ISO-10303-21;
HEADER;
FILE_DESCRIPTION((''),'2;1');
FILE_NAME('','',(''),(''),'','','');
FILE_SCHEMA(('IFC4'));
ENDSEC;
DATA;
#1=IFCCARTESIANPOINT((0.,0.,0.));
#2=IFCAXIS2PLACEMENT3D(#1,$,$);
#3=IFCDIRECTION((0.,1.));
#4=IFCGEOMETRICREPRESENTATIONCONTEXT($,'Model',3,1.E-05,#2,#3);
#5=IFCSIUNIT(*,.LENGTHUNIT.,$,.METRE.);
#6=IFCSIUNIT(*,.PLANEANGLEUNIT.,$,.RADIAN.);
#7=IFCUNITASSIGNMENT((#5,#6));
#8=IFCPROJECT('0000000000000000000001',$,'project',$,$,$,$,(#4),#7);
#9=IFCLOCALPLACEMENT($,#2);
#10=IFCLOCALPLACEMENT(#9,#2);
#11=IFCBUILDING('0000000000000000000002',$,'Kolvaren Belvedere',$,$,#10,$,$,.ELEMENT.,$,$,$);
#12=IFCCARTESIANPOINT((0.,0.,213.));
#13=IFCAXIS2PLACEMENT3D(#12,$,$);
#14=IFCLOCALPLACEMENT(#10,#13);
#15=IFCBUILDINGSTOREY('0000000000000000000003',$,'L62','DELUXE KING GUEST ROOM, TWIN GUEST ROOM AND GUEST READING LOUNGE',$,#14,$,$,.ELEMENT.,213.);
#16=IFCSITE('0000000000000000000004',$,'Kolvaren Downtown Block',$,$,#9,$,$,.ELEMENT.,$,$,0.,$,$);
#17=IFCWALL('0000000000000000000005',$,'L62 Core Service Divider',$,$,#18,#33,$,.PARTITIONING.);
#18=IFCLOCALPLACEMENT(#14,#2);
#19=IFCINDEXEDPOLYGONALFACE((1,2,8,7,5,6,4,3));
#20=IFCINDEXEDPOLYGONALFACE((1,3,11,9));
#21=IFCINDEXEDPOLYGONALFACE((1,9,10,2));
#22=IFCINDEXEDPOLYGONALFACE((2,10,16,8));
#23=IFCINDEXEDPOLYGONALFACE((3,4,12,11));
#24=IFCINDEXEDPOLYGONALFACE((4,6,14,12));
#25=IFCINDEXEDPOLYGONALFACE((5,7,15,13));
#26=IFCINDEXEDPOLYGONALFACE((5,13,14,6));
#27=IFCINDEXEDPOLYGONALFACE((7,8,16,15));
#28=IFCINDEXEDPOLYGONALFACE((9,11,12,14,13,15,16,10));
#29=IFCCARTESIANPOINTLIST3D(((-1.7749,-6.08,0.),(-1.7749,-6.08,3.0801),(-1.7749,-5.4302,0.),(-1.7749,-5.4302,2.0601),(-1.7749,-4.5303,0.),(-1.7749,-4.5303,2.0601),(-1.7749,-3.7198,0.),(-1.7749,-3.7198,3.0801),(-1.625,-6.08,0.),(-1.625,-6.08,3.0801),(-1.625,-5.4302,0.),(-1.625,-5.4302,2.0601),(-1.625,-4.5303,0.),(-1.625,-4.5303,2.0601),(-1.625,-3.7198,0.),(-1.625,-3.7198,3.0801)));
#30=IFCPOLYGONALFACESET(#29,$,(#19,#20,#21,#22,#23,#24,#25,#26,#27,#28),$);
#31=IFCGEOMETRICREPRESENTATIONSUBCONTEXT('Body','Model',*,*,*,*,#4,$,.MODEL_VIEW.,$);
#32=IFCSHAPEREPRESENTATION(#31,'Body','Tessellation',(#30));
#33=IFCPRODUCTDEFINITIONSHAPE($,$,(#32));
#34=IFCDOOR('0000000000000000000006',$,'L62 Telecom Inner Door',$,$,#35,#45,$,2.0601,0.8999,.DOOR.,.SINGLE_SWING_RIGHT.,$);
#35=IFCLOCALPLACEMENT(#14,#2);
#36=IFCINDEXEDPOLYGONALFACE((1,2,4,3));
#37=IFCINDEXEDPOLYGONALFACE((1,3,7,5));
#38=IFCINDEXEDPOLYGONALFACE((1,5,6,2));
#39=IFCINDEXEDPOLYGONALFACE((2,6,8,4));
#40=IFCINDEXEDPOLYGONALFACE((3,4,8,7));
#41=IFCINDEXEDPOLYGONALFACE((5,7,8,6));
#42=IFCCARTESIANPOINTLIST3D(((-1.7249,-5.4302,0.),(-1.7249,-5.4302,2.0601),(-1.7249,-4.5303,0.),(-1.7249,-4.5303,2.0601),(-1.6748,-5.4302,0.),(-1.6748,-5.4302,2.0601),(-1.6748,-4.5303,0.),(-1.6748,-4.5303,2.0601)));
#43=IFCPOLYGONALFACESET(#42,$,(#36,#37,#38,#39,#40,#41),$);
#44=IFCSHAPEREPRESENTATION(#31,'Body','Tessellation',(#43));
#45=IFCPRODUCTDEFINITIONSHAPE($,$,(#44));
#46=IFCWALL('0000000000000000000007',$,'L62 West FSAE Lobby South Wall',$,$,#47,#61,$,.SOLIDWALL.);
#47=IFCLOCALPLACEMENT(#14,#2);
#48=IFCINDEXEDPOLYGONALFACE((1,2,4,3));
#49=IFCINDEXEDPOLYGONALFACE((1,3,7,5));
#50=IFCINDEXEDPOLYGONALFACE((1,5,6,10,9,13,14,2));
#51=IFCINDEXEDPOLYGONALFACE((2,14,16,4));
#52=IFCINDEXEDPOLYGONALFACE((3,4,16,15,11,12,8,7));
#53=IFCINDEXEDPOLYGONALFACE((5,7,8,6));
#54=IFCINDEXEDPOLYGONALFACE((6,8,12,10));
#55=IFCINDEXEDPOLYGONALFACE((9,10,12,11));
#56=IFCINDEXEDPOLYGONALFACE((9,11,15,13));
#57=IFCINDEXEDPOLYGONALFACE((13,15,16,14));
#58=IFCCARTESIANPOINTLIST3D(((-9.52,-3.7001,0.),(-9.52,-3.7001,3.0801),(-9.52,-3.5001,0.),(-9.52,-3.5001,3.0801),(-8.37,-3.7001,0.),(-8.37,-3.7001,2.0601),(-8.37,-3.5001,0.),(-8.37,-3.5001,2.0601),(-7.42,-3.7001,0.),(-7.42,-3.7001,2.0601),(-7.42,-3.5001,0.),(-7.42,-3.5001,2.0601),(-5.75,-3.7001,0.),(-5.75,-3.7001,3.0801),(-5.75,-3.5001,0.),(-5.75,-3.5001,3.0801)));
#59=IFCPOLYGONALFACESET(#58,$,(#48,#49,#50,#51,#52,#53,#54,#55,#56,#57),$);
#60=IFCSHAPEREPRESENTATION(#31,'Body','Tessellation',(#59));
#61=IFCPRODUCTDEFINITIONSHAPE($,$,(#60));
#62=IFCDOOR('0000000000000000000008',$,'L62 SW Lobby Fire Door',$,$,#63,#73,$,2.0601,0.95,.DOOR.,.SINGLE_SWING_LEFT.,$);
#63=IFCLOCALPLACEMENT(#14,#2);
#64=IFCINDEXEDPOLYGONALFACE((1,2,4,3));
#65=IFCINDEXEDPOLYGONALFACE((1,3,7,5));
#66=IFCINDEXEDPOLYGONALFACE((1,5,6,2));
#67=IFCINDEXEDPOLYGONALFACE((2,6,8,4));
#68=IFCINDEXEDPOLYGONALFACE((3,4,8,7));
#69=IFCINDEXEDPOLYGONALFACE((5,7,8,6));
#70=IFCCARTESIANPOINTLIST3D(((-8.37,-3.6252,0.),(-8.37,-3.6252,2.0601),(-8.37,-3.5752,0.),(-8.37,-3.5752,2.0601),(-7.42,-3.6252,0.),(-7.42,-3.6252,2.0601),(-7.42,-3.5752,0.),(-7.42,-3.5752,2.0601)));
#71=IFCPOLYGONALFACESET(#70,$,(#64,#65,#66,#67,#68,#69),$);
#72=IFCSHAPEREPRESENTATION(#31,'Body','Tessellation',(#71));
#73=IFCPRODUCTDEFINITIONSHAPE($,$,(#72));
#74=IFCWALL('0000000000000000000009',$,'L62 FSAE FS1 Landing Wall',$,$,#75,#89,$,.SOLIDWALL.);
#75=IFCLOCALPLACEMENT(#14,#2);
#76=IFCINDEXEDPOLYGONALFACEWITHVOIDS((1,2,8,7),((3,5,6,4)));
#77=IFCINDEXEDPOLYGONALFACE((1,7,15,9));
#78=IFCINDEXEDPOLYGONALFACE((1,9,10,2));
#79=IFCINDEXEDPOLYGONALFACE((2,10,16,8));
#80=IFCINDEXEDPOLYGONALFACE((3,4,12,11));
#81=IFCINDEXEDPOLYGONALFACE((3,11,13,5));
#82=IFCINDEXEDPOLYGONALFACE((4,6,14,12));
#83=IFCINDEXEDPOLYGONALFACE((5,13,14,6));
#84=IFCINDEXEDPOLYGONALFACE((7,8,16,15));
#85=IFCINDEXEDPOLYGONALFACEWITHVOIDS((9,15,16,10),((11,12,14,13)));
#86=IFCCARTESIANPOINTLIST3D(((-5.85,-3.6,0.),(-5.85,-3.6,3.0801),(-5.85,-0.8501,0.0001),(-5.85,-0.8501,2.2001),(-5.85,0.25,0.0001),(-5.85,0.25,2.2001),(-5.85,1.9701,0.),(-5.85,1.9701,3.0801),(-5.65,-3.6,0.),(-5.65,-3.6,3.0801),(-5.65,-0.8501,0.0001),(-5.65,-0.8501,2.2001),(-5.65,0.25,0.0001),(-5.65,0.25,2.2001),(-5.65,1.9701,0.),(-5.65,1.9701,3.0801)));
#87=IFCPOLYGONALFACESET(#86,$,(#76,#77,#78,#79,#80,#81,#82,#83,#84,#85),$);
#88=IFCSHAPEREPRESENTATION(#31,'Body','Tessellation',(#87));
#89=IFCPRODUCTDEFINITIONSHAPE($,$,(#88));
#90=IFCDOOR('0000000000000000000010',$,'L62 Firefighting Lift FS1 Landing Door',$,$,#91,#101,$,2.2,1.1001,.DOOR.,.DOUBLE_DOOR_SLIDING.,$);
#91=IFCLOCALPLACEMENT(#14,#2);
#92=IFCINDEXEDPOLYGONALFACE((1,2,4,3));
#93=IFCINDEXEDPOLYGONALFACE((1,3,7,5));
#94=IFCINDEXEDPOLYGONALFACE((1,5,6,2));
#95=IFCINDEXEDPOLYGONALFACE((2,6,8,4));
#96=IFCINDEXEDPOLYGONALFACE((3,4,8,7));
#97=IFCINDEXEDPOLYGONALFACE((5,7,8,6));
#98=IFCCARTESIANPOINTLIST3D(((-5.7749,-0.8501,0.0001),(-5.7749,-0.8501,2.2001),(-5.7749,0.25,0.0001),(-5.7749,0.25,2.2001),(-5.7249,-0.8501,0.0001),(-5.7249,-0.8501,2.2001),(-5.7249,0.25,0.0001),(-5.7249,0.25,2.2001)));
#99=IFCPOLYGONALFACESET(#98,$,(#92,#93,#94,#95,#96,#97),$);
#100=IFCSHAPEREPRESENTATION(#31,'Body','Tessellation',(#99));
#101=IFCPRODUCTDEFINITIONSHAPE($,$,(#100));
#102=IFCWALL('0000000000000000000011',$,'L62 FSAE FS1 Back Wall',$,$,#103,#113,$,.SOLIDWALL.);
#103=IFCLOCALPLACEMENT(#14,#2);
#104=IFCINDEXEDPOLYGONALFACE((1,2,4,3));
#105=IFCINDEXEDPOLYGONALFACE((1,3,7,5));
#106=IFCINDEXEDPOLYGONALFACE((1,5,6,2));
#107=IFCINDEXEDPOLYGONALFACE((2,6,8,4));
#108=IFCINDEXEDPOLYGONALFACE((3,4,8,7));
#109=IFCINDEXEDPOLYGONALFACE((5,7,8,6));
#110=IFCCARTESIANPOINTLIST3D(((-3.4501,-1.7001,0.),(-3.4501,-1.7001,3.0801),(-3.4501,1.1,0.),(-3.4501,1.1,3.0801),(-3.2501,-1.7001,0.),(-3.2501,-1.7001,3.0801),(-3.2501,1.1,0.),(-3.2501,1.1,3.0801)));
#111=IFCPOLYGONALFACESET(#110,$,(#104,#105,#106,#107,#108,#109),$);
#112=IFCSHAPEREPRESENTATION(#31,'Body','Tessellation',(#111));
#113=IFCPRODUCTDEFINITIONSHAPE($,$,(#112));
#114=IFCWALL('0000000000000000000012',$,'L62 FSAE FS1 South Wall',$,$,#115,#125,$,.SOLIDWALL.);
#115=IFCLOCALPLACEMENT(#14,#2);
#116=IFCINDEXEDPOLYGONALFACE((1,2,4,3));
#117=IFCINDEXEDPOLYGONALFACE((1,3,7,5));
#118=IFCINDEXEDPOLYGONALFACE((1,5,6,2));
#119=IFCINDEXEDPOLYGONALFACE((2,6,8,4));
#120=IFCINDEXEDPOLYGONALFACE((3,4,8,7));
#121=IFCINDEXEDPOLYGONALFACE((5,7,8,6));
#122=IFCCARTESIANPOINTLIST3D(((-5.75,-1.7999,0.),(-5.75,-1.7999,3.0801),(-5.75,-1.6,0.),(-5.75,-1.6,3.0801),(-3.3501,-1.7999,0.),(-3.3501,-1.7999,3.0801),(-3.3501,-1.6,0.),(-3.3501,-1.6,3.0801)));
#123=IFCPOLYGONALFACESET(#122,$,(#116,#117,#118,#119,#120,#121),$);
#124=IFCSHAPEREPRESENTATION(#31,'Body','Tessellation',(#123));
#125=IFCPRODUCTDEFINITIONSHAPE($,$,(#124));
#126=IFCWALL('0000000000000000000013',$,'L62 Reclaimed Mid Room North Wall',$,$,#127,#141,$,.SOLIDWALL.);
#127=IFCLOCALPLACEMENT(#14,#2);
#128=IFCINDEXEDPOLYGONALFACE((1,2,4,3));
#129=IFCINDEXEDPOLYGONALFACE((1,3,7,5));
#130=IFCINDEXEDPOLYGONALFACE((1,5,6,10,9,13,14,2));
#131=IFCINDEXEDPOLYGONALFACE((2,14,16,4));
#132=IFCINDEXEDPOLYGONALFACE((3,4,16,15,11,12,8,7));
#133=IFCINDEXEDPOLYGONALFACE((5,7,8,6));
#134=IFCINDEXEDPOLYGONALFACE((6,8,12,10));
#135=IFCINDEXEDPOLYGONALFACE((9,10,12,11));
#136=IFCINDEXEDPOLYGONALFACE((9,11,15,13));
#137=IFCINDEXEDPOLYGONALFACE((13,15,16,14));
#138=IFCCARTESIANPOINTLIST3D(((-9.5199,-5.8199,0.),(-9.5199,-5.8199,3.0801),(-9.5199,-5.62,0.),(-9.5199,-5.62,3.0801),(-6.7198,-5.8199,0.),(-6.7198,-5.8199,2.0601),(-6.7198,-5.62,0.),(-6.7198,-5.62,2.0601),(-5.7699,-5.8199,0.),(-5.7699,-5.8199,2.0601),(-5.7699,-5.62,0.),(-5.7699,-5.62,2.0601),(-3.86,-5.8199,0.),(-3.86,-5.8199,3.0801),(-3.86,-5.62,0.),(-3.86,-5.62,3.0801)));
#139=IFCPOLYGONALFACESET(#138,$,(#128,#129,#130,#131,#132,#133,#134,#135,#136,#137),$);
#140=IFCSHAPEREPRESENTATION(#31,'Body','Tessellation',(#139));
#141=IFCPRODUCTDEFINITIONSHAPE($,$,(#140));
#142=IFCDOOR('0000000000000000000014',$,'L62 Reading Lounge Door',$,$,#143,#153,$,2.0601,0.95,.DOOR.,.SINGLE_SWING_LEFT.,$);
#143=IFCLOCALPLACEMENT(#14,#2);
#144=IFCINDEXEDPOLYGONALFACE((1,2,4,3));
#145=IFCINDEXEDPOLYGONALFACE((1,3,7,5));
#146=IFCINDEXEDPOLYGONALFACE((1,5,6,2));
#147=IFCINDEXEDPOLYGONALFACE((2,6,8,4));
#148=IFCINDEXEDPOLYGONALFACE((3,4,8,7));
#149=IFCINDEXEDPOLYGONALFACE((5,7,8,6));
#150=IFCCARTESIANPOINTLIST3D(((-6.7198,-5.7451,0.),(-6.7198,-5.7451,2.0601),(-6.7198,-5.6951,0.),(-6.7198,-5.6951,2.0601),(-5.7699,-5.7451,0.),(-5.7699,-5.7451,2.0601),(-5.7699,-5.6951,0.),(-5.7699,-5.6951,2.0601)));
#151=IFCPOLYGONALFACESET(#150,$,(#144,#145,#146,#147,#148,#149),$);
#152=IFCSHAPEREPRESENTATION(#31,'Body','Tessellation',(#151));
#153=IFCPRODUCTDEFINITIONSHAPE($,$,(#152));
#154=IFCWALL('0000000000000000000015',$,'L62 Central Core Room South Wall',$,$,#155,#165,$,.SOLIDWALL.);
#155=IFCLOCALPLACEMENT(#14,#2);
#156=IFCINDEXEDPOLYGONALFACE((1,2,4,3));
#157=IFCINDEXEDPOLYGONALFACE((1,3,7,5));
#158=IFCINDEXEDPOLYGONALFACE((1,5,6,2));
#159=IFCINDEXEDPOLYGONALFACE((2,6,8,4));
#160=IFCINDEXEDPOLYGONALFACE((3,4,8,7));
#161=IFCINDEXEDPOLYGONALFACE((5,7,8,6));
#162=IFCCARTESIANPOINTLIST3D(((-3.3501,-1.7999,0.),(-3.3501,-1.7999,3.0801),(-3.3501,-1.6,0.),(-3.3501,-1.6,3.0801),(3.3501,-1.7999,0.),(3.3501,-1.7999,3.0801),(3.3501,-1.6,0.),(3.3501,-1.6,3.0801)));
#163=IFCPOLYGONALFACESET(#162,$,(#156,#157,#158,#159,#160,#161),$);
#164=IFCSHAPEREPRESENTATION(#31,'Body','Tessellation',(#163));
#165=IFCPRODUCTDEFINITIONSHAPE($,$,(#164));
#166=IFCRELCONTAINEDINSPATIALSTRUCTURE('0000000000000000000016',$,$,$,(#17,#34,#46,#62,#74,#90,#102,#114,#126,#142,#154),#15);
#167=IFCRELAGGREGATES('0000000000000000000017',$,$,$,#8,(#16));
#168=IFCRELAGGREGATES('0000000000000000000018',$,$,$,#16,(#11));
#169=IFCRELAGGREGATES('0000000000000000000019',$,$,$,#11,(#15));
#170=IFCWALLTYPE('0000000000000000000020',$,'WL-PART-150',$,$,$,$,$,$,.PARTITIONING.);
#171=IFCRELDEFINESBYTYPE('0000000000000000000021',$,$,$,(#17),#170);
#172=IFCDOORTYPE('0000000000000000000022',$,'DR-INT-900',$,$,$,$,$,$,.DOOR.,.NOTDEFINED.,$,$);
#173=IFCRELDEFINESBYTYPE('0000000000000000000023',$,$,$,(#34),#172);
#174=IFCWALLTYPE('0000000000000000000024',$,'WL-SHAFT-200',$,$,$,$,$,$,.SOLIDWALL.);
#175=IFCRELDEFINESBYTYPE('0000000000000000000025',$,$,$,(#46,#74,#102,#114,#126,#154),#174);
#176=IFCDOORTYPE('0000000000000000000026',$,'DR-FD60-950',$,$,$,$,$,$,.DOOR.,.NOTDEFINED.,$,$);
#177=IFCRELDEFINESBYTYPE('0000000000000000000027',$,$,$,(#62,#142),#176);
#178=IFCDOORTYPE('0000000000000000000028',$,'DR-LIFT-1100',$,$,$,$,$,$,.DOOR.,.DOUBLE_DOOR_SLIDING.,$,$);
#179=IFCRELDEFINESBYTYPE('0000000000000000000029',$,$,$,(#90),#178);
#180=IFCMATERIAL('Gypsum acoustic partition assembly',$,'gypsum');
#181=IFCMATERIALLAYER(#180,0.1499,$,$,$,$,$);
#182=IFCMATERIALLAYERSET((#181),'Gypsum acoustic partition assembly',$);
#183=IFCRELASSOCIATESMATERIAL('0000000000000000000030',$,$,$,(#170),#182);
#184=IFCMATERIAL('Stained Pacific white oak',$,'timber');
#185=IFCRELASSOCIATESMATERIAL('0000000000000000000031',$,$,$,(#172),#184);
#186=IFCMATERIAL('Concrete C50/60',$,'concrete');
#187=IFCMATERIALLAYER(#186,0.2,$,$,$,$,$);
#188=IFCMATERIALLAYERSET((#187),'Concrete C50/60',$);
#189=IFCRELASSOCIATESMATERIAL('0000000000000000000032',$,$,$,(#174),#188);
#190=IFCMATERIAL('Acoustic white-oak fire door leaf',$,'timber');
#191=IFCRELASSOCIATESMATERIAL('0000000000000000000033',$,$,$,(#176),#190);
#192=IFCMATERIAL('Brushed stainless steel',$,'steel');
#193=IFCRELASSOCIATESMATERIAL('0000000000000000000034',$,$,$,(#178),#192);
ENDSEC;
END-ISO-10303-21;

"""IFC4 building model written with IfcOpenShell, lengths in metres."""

from ifc_helpers import new_model, si_unit, direction, frame, frame_2d, origin, place, context, subcontext, project, spatial, rectangle, extrude, material, layer, layer_set, type_object, element, fill, save


model = new_model("IFC4")

# Units and contexts
model_context = context("Model", 3, precision=1e-05, world=origin(), true_north=direction((0.0, 1.0)))
body_context = subcontext(model_context, "Body", "Model", "MODEL_VIEW")
ifc_project = project(units=[si_unit("LENGTHUNIT", "METRE"), si_unit("PLANEANGLEUNIT", "RADIAN")], contexts=[model_context])

# Site, building, storey
site_placement = place(None, origin())
site = spatial("IfcSite", under=ifc_project, at=site_placement, Name="Kolvaren Downtown Block", CompositionType="ELEMENT", RefElevation=0.0)
building_placement = place(site_placement, origin())
building = spatial("IfcBuilding", under=site, at=building_placement, Name="Kolvaren Belvedere", CompositionType="ELEMENT")
storey_placement = place(building_placement, frame((0.0, 0.0, 213.0)))
storey = spatial("IfcBuildingStorey", under=building, at=storey_placement, Name="L62", Description="DELUXE KING GUEST ROOM, TWIN GUEST ROOM AND GUEST READING LOUNGE", CompositionType="ELEMENT", Elevation=213.0)

# Shared definitions
ifc_material_1 = material(Name="Gypsum acoustic partition assembly", Category="gypsum")
ifc_layer_1 = layer(ifc_material_1, 0.1499)
ifc_layer_set_1 = layer_set([ifc_layer_1], Name="Gypsum acoustic partition assembly")
wall_type_1 = type_object("IfcWallType", Name="WL-PART-150", PredefinedType="PARTITIONING", material=ifc_layer_set_1)

# Walls, openings, doors
wall_1_placement = place(storey_placement, frame((-1.7, -6.0801, 0.0), z_axis=(0.0, 0.0, 1.0), x_axis=(0.0, 1.0, 0.0)))
wall_1 = element("IfcWall", 1, at=wall_1_placement, inside=storey, type_object=wall_type_1, Name="L62 Core Service Divider", PredefinedType="PARTITIONING", context=body_context, shape_type="SweptSolid", body=[
    extrude(rectangle(XDim=2.3601, YDim=0.1499, at=frame_2d((1.1802, 0.0))), origin(), (0.0, 0.0, 1.0), 3.0801),
])
opening_1_placement = place(wall_1_placement, frame((0.6499, 0.0, 0.0)))
opening_1 = element("IfcOpeningElement", 2, at=opening_1_placement, cuts=wall_1, PredefinedType="OPENING", context=body_context, shape_type="SweptSolid", body=[
    extrude(rectangle(XDim=0.8999, YDim=2.0601, at=frame_2d((0.45, 1.03))), frame((0.0, 0.085, 0.0), z_axis=(0.0, -1.0, 0.0), x_axis=(1.0, 0.0, 0.0)), (0.0, 0.0, 1.0), 0.1699),
])
ifc_material_2 = material(Name="Stained Pacific white oak", Category="timber")
door_type_1 = type_object("IfcDoorType", Name="DR-INT-900", OperationType="NOTDEFINED", PredefinedType="DOOR", material=ifc_material_2)
door_1_placement = place(opening_1_placement, origin())
door_1 = element("IfcDoor", 3, at=door_1_placement, inside=storey, type_object=door_type_1, Name="L62 Telecom Inner Door", OperationType="SINGLE_SWING_RIGHT", OverallHeight=2.0601, OverallWidth=0.8999, PredefinedType="DOOR", context=body_context, shape_type="SweptSolid", body=[
    extrude(rectangle(XDim=0.8999, YDim=2.0601, at=frame_2d((0.45, 1.03))), frame((0.0, 0.0249, 0.0), z_axis=(0.0, -1.0, 0.0), x_axis=(1.0, 0.0, 0.0)), (0.0, 0.0, 1.0), 0.05),
])
fill(opening_1, door_1)
ifc_material_3 = material(Name="Concrete C50/60", Category="concrete")
ifc_layer_2 = layer(ifc_material_3, 0.2)
ifc_layer_set_2 = layer_set([ifc_layer_2], Name="Concrete C50/60")
wall_type_2 = type_object("IfcWallType", Name="WL-SHAFT-200", PredefinedType="SOLIDWALL", material=ifc_layer_set_2)
wall_2_placement = place(storey_placement, frame((-9.52, -3.6001, 0.0), z_axis=(0.0, 0.0, 1.0), x_axis=(1.0, 0.0, 0.0)))
wall_2 = element("IfcWall", 4, at=wall_2_placement, inside=storey, type_object=wall_type_2, Name="L62 West FSAE Lobby South Wall", PredefinedType="SOLIDWALL", context=body_context, shape_type="SweptSolid", body=[
    extrude(rectangle(XDim=3.77, YDim=0.2, at=frame_2d((1.885, 0.0))), origin(), (0.0, 0.0, 1.0), 3.0801),
])
opening_2_placement = place(wall_2_placement, frame((1.1499, 0.0, 0.0)))
opening_2 = element("IfcOpeningElement", 5, at=opening_2_placement, cuts=wall_2, PredefinedType="OPENING", context=body_context, shape_type="SweptSolid", body=[
    extrude(rectangle(XDim=0.95, YDim=2.0601, at=frame_2d((0.4751, 1.03))), frame((0.0, 0.1099, 0.0), z_axis=(0.0, -1.0, 0.0), x_axis=(1.0, 0.0, 0.0)), (0.0, 0.0, 1.0), 0.22),
])
ifc_material_4 = material(Name="Acoustic white-oak fire door leaf", Category="timber")
door_type_2 = type_object("IfcDoorType", Name="DR-FD60-950", OperationType="NOTDEFINED", PredefinedType="DOOR", material=ifc_material_4)
door_2_placement = place(opening_2_placement, origin())
door_2 = element("IfcDoor", 6, at=door_2_placement, inside=storey, type_object=door_type_2, Name="L62 SW Lobby Fire Door", OperationType="SINGLE_SWING_LEFT", OverallHeight=2.0601, OverallWidth=0.95, PredefinedType="DOOR", context=body_context, shape_type="SweptSolid", body=[
    extrude(rectangle(XDim=0.95, YDim=2.0601, at=frame_2d((0.4751, 1.03))), frame((0.0, 0.0249, 0.0), z_axis=(0.0, -1.0, 0.0), x_axis=(1.0, 0.0, 0.0)), (0.0, 0.0, 1.0), 0.05),
])
fill(opening_2, door_2)
wall_3_placement = place(storey_placement, frame((-5.75, -3.6001, 0.0), z_axis=(0.0, 0.0, 1.0), x_axis=(0.0, 1.0, 0.0)))
wall_3 = element("IfcWall", 7, at=wall_3_placement, inside=storey, type_object=wall_type_2, Name="L62 FSAE FS1 Landing Wall", PredefinedType="SOLIDWALL", context=body_context, shape_type="SweptSolid", body=[
    extrude(rectangle(XDim=5.5701, YDim=0.2, at=frame_2d((2.7852, 0.0))), origin(), (0.0, 0.0, 1.0), 3.0801),
])
opening_3_placement = place(wall_3_placement, frame((2.75, 0.0, 0.0)))
opening_3 = element("IfcOpeningElement", 8, at=opening_3_placement, cuts=wall_3, PredefinedType="OPENING", context=body_context, shape_type="SweptSolid", body=[
    extrude(rectangle(XDim=1.1001, YDim=2.2, at=frame_2d((0.55, 1.1001))), frame((0.0, 0.1099, 0.0), z_axis=(0.0, -1.0, 0.0), x_axis=(1.0, 0.0, 0.0)), (0.0, 0.0, 1.0), 0.22),
])
ifc_material_5 = material(Name="Brushed stainless steel", Category="steel")
door_type_3 = type_object("IfcDoorType", Name="DR-LIFT-1100", OperationType="DOUBLE_DOOR_SLIDING", PredefinedType="DOOR", material=ifc_material_5)
door_3_placement = place(opening_3_placement, origin())
door_3 = element("IfcDoor", 9, at=door_3_placement, inside=storey, type_object=door_type_3, Name="L62 Firefighting Lift FS1 Landing Door", OperationType="DOUBLE_DOOR_SLIDING", OverallHeight=2.2, OverallWidth=1.1001, PredefinedType="DOOR", context=body_context, shape_type="SweptSolid", body=[
    extrude(rectangle(XDim=1.1001, YDim=2.2, at=frame_2d((0.55, 1.1001))), frame((0.0, 0.0249, 0.0), z_axis=(0.0, -1.0, 0.0), x_axis=(1.0, 0.0, 0.0)), (0.0, 0.0, 1.0), 0.05),
])
fill(opening_3, door_3)

# Walls
wall_4_placement = place(storey_placement, frame((-3.3501, -1.7, 0.0), z_axis=(0.0, 0.0, 1.0), x_axis=(0.0, 1.0, 0.0)))
element("IfcWall", 10, at=wall_4_placement, inside=storey, type_object=wall_type_2, Name="L62 FSAE FS1 Back Wall", PredefinedType="SOLIDWALL", context=body_context, shape_type="SweptSolid", body=[
    extrude(rectangle(XDim=2.8, YDim=0.2, at=frame_2d((1.3999, 0.0))), origin(), (0.0, 0.0, 1.0), 3.0801),
])
wall_5_placement = place(storey_placement, frame((-5.75, -1.7, 0.0), z_axis=(0.0, 0.0, 1.0), x_axis=(1.0, 0.0, 0.0)))
element("IfcWall", 11, at=wall_5_placement, inside=storey, type_object=wall_type_2, Name="L62 FSAE FS1 South Wall", PredefinedType="SOLIDWALL", context=body_context, shape_type="SweptSolid", body=[
    extrude(rectangle(XDim=2.3999, YDim=0.2, at=frame_2d((1.2, 0.0))), origin(), (0.0, 0.0, 1.0), 3.0801),
])

# Wall, opening, door
wall_6_placement = place(storey_placement, frame((-9.52, -5.72, 0.0), z_axis=(0.0, 0.0, 1.0), x_axis=(1.0, 0.0, 0.0)))
wall_6 = element("IfcWall", 12, at=wall_6_placement, inside=storey, type_object=wall_type_2, Name="L62 Reclaimed Mid Room North Wall", PredefinedType="SOLIDWALL", context=body_context, shape_type="SweptSolid", body=[
    extrude(rectangle(XDim=5.6599, YDim=0.2, at=frame_2d((2.8301, 0.0))), origin(), (0.0, 0.0, 1.0), 3.0801),
])
opening_4_placement = place(wall_6_placement, frame((2.8, 0.0, 0.0)))
opening_4 = element("IfcOpeningElement", 13, at=opening_4_placement, cuts=wall_6, PredefinedType="OPENING", context=body_context, shape_type="SweptSolid", body=[
    extrude(rectangle(XDim=0.95, YDim=2.0601, at=frame_2d((0.4751, 1.03))), frame((0.0, 0.1099, 0.0), z_axis=(0.0, -1.0, 0.0), x_axis=(1.0, 0.0, 0.0)), (0.0, 0.0, 1.0), 0.22),
])
door_4_placement = place(opening_4_placement, origin())
door_4 = element("IfcDoor", 14, at=door_4_placement, inside=storey, type_object=door_type_2, Name="L62 Reading Lounge Door", OperationType="SINGLE_SWING_LEFT", OverallHeight=2.0601, OverallWidth=0.95, PredefinedType="DOOR", context=body_context, shape_type="SweptSolid", body=[
    extrude(rectangle(XDim=0.95, YDim=2.0601, at=frame_2d((0.4751, 1.03))), frame((0.0, 0.0249, 0.0), z_axis=(0.0, -1.0, 0.0), x_axis=(1.0, 0.0, 0.0)), (0.0, 0.0, 1.0), 0.05),
])
fill(opening_4, door_4)

# Wall
wall_7_placement = place(storey_placement, frame((-3.3501, -1.7, 0.0), z_axis=(0.0, 0.0, 1.0), x_axis=(1.0, 0.0, 0.0)))
element("IfcWall", 15, at=wall_7_placement, inside=storey, type_object=wall_type_2, Name="L62 Central Core Room South Wall", PredefinedType="SOLIDWALL", context=body_context, shape_type="SweptSolid", body=[
    extrude(rectangle(XDim=6.7002, YDim=0.2, at=frame_2d((3.3501, 0.0))), origin(), (0.0, 0.0, 1.0), 3.0801),
])

save(model, "model.ifc")
